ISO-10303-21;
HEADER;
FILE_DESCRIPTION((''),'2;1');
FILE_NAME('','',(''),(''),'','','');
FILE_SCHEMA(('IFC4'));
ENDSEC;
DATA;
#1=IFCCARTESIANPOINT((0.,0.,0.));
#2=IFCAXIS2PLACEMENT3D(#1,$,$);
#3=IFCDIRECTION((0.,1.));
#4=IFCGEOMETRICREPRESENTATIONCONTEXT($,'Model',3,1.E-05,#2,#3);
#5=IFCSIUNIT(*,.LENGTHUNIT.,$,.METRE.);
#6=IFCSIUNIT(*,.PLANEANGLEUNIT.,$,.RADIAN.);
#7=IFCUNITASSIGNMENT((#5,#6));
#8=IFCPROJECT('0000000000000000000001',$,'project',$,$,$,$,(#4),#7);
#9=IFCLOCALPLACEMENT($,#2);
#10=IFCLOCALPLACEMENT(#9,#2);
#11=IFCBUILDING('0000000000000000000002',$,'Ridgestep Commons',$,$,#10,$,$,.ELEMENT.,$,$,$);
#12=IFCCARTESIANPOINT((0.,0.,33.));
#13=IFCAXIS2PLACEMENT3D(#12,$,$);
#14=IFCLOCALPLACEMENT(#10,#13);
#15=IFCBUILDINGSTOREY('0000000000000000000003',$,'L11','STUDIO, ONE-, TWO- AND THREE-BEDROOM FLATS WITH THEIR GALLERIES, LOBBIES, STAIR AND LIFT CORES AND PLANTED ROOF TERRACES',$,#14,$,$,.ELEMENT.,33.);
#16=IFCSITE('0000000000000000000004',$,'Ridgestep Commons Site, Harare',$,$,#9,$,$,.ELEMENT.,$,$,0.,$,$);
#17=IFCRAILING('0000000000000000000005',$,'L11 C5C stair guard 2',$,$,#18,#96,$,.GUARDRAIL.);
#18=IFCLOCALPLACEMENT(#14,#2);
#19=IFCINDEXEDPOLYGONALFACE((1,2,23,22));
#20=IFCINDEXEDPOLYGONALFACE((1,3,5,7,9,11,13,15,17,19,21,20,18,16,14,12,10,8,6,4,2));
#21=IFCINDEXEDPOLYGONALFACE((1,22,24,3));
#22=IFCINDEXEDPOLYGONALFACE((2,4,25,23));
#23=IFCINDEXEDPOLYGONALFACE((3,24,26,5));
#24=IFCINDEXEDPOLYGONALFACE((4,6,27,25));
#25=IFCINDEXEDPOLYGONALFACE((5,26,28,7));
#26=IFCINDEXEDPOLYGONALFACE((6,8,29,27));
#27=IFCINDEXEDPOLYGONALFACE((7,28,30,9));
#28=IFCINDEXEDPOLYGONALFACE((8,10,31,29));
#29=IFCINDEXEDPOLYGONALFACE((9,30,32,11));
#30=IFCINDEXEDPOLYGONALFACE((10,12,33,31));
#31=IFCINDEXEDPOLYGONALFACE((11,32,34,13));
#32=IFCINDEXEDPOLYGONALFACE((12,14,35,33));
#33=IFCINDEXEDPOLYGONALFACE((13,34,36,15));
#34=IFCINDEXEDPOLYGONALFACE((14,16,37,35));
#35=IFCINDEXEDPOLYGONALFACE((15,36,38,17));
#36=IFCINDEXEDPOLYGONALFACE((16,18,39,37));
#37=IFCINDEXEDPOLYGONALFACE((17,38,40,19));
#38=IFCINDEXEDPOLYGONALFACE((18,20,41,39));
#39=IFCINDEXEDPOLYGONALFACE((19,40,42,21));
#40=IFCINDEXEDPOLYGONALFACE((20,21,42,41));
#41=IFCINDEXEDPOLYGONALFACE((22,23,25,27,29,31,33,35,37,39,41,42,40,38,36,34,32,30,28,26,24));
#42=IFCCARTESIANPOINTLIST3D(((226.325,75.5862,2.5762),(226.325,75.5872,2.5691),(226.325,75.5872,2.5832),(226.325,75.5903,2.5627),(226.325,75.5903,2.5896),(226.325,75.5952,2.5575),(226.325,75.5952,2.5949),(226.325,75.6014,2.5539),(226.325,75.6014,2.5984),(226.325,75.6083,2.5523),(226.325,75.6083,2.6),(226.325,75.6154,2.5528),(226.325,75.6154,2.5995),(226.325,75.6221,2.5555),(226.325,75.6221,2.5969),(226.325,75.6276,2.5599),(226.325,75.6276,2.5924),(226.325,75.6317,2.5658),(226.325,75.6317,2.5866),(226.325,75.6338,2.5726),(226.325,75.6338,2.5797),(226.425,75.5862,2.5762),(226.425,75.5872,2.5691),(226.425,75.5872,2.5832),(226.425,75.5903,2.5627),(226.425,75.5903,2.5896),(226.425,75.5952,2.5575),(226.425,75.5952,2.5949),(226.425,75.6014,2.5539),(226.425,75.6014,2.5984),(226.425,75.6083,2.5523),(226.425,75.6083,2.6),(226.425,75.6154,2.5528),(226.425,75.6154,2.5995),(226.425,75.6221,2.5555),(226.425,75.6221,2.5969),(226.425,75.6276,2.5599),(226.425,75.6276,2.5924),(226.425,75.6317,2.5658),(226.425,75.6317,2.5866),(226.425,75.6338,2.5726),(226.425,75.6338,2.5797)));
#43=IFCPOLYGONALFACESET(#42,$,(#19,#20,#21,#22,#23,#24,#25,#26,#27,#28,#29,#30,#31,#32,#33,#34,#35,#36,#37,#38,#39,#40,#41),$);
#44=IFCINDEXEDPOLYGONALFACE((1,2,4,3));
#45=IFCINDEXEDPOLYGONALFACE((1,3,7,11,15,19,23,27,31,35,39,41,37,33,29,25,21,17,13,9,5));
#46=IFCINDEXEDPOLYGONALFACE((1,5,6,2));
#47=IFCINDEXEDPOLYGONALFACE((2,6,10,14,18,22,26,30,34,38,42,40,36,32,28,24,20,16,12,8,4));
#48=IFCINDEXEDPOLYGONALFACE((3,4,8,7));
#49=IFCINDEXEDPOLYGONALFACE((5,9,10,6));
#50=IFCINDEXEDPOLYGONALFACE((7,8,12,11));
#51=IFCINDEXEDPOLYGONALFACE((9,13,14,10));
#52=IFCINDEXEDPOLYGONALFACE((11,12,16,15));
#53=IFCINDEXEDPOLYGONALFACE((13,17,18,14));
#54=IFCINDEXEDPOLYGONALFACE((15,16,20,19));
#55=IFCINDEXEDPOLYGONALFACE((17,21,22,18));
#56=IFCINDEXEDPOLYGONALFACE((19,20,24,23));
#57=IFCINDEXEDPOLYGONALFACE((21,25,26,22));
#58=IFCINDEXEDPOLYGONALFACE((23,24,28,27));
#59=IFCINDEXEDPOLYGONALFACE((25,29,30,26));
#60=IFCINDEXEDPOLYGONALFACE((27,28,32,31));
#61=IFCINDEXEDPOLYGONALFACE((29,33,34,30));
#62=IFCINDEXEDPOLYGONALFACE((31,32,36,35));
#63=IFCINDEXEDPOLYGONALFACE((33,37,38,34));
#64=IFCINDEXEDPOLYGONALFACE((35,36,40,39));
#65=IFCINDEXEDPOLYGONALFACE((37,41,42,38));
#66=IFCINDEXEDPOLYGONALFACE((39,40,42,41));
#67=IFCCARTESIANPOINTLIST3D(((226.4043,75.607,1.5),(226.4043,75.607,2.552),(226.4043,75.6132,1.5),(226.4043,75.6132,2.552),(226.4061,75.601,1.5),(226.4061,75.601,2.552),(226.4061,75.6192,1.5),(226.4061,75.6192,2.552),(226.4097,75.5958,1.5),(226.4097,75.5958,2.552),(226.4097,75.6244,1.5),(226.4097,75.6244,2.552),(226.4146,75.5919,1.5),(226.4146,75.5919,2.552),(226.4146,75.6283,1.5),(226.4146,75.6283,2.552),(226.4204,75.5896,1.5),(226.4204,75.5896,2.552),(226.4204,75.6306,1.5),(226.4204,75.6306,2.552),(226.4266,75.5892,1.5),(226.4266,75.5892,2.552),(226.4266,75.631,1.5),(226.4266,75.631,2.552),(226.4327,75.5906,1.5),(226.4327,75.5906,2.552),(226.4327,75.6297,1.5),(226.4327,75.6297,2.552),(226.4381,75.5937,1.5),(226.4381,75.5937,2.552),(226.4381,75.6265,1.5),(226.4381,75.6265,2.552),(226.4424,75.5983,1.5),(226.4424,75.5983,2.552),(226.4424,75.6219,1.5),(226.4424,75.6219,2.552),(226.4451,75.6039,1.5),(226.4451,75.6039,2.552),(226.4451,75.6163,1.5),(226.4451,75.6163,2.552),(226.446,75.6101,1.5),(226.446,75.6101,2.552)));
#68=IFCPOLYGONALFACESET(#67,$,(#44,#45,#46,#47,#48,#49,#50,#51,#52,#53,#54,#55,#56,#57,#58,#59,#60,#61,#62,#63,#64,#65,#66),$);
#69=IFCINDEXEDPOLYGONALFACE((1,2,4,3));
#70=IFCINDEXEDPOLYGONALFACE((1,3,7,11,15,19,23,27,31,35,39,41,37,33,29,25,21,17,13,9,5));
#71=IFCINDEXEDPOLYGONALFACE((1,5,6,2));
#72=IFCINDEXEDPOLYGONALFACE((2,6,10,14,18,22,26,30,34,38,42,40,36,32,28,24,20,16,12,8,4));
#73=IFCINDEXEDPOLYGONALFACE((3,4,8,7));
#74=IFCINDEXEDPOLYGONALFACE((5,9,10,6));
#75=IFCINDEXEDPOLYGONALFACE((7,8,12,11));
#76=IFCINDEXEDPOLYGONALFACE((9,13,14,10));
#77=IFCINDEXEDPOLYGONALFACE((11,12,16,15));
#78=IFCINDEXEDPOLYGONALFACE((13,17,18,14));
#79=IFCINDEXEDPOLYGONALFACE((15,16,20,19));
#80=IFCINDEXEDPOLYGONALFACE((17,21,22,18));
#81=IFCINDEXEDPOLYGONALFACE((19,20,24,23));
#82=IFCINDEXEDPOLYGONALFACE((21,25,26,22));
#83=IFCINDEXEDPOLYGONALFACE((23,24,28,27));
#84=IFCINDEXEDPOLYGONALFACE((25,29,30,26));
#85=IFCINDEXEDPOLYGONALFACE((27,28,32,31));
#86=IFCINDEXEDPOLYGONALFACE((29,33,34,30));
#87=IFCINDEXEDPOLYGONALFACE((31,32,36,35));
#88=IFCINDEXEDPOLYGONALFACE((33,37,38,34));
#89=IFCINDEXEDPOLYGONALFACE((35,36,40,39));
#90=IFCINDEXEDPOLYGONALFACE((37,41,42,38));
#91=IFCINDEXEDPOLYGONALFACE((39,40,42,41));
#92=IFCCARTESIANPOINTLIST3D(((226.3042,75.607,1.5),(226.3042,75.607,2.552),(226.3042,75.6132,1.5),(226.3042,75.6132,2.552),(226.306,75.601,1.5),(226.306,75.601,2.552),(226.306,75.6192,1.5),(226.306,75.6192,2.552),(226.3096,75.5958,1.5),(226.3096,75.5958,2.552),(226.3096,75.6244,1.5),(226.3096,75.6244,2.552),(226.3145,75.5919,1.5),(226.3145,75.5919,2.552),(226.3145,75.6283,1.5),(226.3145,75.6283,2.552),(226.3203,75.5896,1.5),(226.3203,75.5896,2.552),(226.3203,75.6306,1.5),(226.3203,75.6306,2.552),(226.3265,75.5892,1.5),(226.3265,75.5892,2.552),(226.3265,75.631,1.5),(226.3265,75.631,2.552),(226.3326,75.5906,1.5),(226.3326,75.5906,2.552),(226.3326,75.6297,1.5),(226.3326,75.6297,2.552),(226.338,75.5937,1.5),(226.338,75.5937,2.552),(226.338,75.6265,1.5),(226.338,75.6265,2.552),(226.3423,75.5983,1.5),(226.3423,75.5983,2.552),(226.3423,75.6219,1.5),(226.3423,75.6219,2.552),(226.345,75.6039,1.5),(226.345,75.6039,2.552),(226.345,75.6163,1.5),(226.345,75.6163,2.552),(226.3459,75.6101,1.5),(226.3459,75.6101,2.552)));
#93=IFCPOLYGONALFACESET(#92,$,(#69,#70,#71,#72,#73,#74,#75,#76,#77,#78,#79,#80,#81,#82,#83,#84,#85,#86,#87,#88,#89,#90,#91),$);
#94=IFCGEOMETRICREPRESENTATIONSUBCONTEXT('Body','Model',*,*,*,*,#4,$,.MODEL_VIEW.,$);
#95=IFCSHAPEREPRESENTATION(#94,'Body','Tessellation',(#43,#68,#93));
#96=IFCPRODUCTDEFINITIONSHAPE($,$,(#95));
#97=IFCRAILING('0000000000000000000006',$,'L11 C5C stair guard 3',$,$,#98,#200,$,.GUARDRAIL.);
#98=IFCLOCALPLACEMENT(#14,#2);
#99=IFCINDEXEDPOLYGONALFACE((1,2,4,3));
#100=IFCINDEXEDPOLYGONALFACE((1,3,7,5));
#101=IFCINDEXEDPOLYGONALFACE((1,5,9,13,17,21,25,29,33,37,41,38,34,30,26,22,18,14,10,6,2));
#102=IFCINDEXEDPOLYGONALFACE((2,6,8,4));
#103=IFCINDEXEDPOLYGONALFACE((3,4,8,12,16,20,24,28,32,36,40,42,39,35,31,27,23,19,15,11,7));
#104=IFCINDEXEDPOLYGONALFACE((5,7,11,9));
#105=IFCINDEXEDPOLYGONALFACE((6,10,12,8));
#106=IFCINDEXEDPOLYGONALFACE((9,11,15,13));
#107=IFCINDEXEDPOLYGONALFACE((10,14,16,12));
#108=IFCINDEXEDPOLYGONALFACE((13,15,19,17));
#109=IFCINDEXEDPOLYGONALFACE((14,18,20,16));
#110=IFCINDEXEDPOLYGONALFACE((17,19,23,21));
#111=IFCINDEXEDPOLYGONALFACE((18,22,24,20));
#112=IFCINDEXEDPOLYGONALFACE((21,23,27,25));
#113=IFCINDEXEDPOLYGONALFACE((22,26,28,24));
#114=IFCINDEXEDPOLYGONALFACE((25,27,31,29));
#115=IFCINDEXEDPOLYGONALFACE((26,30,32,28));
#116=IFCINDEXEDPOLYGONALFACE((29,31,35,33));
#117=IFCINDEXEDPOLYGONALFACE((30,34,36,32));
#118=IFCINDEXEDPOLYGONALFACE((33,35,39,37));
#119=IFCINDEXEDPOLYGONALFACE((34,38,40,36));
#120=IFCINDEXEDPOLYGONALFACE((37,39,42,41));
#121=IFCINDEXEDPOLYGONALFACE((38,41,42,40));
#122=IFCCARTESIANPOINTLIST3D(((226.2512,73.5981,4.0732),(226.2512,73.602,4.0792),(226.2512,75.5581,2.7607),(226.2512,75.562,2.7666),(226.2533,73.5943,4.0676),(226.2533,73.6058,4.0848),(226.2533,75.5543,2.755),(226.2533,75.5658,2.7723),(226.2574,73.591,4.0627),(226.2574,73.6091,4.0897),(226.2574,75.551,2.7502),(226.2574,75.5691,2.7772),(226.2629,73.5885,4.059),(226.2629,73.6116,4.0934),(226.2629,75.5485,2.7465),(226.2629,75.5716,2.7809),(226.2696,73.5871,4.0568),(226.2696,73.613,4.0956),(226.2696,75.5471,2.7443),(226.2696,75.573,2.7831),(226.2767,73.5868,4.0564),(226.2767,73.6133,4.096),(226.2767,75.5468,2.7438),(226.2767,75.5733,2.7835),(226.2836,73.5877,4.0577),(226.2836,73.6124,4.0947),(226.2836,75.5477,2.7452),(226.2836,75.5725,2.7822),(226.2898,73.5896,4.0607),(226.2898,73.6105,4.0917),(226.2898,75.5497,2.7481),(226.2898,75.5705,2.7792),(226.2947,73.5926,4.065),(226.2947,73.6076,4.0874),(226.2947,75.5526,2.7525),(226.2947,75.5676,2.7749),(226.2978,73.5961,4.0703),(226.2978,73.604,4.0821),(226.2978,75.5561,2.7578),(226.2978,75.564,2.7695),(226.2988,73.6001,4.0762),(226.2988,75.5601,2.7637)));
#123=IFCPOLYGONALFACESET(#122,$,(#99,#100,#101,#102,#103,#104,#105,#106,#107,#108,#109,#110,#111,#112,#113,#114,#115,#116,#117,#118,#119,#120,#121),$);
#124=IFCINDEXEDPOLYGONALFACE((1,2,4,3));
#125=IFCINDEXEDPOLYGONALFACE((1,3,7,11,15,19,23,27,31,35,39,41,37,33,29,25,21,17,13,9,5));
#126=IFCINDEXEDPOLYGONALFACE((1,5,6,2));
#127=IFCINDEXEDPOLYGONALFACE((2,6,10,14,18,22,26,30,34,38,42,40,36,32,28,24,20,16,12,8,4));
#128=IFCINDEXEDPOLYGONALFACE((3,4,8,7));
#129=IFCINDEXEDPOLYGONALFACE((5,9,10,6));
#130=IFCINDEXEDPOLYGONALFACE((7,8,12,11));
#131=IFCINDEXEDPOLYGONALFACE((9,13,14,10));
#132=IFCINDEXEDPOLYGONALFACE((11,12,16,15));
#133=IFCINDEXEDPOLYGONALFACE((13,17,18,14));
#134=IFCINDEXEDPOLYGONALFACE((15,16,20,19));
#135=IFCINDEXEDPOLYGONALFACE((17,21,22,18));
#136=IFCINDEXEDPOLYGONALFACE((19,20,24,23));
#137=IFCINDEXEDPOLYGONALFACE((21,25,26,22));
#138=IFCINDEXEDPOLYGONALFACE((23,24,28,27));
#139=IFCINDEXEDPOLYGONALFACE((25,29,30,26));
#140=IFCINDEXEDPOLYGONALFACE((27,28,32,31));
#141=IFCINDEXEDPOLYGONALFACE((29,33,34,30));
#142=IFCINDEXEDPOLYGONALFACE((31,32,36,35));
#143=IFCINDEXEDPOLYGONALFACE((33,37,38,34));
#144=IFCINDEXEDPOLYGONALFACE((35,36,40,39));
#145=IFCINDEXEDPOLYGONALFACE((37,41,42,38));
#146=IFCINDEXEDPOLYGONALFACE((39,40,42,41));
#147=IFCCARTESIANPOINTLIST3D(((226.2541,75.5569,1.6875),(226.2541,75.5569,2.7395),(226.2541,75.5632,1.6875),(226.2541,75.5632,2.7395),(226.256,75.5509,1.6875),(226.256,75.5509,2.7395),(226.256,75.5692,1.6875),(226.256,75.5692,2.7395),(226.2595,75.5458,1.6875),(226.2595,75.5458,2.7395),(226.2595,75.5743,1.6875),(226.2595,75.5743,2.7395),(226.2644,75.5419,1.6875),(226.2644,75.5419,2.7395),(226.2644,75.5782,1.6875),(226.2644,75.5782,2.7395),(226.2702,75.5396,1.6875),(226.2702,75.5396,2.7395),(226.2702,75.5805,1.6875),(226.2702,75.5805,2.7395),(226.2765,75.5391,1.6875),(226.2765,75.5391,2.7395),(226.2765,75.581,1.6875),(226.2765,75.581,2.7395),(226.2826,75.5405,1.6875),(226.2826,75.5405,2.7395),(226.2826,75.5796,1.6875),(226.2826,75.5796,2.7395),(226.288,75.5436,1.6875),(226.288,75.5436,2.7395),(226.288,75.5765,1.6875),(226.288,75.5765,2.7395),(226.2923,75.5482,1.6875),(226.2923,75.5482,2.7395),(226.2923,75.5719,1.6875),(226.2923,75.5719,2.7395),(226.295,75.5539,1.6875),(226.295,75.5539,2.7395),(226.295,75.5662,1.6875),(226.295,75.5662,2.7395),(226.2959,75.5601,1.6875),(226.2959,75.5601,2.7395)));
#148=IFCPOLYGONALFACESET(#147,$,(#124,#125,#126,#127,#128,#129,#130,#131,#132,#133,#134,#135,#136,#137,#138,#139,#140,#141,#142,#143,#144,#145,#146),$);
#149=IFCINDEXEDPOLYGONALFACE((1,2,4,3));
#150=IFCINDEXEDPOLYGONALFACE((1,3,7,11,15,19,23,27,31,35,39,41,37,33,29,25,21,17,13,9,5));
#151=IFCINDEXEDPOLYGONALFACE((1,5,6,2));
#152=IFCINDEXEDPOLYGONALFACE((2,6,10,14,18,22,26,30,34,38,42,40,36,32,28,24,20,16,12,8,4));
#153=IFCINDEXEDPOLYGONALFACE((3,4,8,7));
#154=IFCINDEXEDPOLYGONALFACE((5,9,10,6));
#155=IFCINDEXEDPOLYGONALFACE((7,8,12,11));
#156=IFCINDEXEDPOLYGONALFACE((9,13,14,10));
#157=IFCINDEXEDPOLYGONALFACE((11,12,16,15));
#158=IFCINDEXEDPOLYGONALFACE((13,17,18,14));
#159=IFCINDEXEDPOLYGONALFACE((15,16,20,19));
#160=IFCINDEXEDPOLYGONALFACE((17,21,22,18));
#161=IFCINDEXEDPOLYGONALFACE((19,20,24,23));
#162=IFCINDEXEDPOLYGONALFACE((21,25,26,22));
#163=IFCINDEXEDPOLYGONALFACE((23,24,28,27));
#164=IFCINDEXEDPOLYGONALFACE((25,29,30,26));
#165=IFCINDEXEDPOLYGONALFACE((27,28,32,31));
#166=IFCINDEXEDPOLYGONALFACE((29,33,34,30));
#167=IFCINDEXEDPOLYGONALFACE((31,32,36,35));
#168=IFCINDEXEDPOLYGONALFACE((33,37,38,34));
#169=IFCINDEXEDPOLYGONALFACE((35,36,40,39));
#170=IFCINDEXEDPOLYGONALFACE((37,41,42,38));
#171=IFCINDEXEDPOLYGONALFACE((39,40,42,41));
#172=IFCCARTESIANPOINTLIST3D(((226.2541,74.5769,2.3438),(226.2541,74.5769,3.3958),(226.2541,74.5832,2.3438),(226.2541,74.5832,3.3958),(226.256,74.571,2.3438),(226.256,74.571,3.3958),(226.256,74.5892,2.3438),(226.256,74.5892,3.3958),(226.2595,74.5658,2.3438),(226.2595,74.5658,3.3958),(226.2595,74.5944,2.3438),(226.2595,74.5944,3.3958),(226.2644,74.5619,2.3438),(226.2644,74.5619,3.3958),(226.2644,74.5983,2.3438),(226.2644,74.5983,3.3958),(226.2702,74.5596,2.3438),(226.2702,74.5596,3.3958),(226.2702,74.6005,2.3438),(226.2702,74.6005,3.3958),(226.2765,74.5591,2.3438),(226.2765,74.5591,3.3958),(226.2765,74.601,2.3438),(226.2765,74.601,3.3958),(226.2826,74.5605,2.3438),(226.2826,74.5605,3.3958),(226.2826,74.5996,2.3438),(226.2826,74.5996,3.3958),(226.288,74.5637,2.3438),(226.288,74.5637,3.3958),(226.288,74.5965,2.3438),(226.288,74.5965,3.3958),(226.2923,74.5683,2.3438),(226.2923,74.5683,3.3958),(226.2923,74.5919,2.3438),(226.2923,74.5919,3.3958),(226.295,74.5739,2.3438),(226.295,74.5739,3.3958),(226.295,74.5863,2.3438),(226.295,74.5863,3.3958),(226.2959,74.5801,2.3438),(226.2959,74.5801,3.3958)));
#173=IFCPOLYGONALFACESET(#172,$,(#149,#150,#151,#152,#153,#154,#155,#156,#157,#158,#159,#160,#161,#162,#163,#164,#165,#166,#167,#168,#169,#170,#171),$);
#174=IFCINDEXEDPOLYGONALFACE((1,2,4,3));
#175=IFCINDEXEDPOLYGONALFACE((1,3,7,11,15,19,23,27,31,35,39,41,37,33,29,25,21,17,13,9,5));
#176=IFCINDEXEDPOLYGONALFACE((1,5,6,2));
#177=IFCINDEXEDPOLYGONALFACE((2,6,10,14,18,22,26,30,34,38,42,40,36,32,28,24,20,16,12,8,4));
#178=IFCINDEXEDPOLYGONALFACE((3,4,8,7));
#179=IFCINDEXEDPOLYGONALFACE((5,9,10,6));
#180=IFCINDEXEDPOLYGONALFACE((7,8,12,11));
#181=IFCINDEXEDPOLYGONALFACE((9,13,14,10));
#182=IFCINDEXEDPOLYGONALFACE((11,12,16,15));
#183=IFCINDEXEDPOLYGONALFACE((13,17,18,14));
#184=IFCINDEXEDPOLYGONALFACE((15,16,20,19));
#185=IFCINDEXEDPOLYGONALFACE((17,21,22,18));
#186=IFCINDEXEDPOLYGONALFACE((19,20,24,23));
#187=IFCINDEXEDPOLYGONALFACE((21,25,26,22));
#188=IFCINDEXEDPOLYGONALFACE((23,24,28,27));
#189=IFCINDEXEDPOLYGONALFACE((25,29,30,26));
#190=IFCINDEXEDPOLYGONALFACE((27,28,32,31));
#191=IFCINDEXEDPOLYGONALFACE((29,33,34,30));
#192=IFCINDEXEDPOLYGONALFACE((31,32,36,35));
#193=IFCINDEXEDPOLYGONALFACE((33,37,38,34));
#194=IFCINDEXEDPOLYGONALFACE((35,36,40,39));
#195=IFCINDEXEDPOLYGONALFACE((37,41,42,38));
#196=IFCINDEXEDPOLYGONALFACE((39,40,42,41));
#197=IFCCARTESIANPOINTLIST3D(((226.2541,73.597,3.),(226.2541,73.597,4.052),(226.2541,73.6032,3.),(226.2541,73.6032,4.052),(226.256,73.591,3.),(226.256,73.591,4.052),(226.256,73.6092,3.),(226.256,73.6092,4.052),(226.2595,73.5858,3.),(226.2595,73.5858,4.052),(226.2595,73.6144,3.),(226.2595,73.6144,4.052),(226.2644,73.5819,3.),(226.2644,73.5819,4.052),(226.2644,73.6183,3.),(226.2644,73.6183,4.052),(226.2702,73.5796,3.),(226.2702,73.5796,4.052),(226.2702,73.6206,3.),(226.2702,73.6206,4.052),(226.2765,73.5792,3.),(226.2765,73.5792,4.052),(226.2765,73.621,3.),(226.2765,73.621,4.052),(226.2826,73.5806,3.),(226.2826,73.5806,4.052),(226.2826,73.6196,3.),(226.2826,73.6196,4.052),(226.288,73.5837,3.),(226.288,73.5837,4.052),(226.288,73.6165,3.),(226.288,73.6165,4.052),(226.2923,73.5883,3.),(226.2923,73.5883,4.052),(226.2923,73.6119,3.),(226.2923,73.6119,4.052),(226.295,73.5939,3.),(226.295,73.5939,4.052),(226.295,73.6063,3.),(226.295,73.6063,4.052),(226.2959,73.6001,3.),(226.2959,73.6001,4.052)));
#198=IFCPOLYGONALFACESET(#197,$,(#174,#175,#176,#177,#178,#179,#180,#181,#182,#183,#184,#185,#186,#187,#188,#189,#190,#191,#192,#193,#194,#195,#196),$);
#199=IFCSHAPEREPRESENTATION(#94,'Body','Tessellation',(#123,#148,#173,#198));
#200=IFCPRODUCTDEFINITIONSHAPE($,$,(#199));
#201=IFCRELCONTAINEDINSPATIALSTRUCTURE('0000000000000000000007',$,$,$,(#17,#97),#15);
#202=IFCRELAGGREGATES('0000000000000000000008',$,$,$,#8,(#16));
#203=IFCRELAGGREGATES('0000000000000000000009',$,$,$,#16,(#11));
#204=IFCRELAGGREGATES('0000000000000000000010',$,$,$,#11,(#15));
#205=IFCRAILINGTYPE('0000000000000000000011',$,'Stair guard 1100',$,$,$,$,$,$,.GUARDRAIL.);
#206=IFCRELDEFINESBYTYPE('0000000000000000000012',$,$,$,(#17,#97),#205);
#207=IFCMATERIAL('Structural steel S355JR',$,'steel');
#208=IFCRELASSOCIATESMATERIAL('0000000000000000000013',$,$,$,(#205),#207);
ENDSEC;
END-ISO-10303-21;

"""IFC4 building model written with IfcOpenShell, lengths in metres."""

from ifc_helpers import new_model, si_unit, direction, frame, origin, origin_2d, place, context, subcontext, project, spatial, circle, extrude, material, type_object, element, save


model = new_model("IFC4")

# Units and contexts
model_context = context("Model", 3, precision=1e-05, world=origin(), true_north=direction((0.0, 1.0)))
body_context = subcontext(model_context, "Body", "Model", "MODEL_VIEW")
ifc_project = project(units=[si_unit("LENGTHUNIT", "METRE"), si_unit("PLANEANGLEUNIT", "RADIAN")], contexts=[model_context])

# Site, building, storey
site_placement = place(None, origin())
site = spatial("IfcSite", under=ifc_project, at=site_placement, Name="Ridgestep Commons Site, Harare", CompositionType="ELEMENT", RefElevation=0.0)
building_placement = place(site_placement, origin())
building = spatial("IfcBuilding", under=site, at=building_placement, Name="Ridgestep Commons", CompositionType="ELEMENT")
storey_placement = place(building_placement, frame((0.0, 0.0, 33.0)))
storey = spatial("IfcBuildingStorey", under=building, at=storey_placement, Name="L11", Description="STUDIO, ONE-, TWO- AND THREE-BEDROOM FLATS WITH THEIR GALLERIES, LOBBIES, STAIR AND LIFT CORES AND PLANTED ROOF TERRACES", CompositionType="ELEMENT", Elevation=33.0)

# Railings
ifc_material_1 = material(Name="Structural steel S355JR", Category="steel")
railing_type_1 = type_object("IfcRailingType", Name="Stair guard 1100", PredefinedType="GUARDRAIL", material=ifc_material_1)
railing_1_placement = place(storey_placement, frame((226.425, 75.6101, 1.5)))
element("IfcRailing", 1, at=railing_1_placement, inside=storey, type_object=railing_type_1, Name="L11 C5C stair guard 2", PredefinedType="GUARDRAIL", context=body_context, shape_type="SweptSolid", body=[
    extrude(circle(Radius=0.0239, at=origin_2d()), frame((0.0, 0.0, 1.0762), z_axis=(-1.0, 0.0, 0.0), x_axis=(0.0, -1.0, 0.0)), (0.0, 0.0, 1.0), 0.1001),
    extrude(circle(Radius=0.021, at=origin_2d()), origin(), (0.0, 0.0, 1.0), 1.052),
    extrude(circle(Radius=0.021, at=origin_2d()), frame((-0.1001, 0.0, 0.0)), (0.0, 0.0, 1.0), 1.052),
])
railing_2_placement = place(storey_placement, frame((226.2749, 75.5601, 1.6875)))
element("IfcRailing", 2, at=railing_2_placement, inside=storey, type_object=railing_type_1, Name="L11 C5C stair guard 3", PredefinedType="GUARDRAIL", context=body_context, shape_type="SweptSolid", body=[
    extrude(circle(Radius=0.0239, at=origin_2d()), frame((0.0, 0.0, 1.0762), z_axis=(0.0, -0.830902, 0.556419), x_axis=(1.0, 0.0, 0.0)), (0.0, 0.0, 1.0), 2.3589),
    extrude(circle(Radius=0.021, at=origin_2d()), origin(), (0.0, 0.0, 1.0), 1.052),
    extrude(circle(Radius=0.021, at=origin_2d()), frame((0.0, -0.98, 0.6562)), (0.0, 0.0, 1.0), 1.052),
    extrude(circle(Radius=0.021, at=origin_2d()), frame((0.0, -1.96, 1.3125)), (0.0, 0.0, 1.0), 1.052),
])

save(model, "model.ifc")
